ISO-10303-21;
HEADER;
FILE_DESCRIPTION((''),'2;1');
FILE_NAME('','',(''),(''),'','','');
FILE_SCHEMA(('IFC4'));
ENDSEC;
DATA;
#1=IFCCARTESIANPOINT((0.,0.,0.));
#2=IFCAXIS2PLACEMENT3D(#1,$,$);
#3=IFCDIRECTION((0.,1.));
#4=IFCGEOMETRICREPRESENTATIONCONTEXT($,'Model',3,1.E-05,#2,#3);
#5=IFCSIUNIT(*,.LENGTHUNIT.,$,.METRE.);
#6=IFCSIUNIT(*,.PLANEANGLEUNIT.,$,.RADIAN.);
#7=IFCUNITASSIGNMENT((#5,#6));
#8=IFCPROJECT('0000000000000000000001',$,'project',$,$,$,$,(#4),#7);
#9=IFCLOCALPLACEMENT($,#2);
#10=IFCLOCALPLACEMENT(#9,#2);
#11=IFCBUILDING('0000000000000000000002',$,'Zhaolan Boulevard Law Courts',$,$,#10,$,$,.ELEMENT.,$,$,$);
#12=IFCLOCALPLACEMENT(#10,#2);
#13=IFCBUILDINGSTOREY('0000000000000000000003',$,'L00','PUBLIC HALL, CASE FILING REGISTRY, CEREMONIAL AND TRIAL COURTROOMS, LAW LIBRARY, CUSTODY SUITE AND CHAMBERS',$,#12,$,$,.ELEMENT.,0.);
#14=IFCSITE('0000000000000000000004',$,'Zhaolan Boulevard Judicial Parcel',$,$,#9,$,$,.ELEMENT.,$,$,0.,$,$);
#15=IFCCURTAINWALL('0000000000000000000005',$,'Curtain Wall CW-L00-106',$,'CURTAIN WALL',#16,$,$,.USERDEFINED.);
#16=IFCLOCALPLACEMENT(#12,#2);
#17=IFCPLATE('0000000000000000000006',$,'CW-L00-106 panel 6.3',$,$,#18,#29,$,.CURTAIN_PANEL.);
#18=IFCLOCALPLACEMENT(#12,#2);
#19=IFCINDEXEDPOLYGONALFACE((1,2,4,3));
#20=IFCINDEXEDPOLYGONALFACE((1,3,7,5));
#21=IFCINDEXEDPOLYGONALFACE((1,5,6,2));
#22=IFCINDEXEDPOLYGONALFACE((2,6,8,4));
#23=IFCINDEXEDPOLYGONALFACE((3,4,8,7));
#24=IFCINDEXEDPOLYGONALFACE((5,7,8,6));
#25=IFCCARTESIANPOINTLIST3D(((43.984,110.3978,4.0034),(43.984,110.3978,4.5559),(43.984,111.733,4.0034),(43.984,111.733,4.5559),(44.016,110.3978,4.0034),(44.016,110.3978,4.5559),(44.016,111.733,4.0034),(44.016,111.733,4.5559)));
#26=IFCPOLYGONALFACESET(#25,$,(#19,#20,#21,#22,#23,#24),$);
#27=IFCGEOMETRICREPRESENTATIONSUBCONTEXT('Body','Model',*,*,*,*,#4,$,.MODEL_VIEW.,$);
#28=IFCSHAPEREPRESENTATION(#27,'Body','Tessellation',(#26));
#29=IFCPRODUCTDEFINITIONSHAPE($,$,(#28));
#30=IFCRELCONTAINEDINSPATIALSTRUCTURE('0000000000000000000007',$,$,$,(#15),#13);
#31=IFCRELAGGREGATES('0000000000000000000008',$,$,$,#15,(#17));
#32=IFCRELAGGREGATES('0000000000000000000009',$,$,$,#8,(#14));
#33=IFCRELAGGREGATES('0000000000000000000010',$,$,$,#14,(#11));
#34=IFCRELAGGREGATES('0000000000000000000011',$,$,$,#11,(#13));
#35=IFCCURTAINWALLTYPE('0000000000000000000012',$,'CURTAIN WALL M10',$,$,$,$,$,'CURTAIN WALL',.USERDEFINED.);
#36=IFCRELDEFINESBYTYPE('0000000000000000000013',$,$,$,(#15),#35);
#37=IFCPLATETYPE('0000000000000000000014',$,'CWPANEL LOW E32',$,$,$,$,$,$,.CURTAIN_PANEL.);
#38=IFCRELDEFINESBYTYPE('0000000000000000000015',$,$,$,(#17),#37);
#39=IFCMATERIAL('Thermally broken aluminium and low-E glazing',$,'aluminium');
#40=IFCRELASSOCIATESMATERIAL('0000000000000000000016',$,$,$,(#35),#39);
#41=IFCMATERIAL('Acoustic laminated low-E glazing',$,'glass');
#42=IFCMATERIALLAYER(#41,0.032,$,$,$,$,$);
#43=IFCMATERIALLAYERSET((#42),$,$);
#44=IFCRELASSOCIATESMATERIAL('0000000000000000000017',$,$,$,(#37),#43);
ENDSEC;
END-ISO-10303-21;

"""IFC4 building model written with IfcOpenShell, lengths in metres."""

from ifc_helpers import new_model, si_unit, direction, frame, origin, origin_2d, place, context, subcontext, project, spatial, rectangle, extrude, material, layer, layer_set, type_object, element, aggregate, save


model = new_model("IFC4")

# Units and contexts
model_context = context("Model", 3, precision=1e-05, world=origin(), true_north=direction((0.0, 1.0)))
body_context = subcontext(model_context, "Body", "Model", "MODEL_VIEW")
ifc_project = project(units=[si_unit("LENGTHUNIT", "METRE"), si_unit("PLANEANGLEUNIT", "RADIAN")], contexts=[model_context])

# Site, building, storey
site_placement = place(None, origin())
site = spatial("IfcSite", under=ifc_project, at=site_placement, Name="Zhaolan Boulevard Judicial Parcel", CompositionType="ELEMENT", RefElevation=0.0)
building_placement = place(site_placement, origin())
building = spatial("IfcBuilding", under=site, at=building_placement, Name="Zhaolan Boulevard Law Courts", CompositionType="ELEMENT")
storey_placement = place(building_placement, origin())
storey = spatial("IfcBuildingStorey", under=building, at=storey_placement, Name="L00", Description="PUBLIC HALL, CASE FILING REGISTRY, CEREMONIAL AND TRIAL COURTROOMS, LAW LIBRARY, CUSTODY SUITE AND CHAMBERS", CompositionType="ELEMENT", Elevation=0.0)

# Curtain wall, plate
ifc_material_1 = material(Name="Thermally broken aluminium and low-E glazing", Category="aluminium")
curtain_wall_type = type_object("IfcCurtainWallType", Name="CURTAIN WALL M10", ElementType="CURTAIN WALL", PredefinedType="USERDEFINED", material=ifc_material_1)
curtain_wall_placement = place(storey_placement, origin())
curtain_wall = element("IfcCurtainWall", 1, at=curtain_wall_placement, inside=storey, type_object=curtain_wall_type, Name="Curtain Wall CW-L00-106", ObjectType="CURTAIN WALL", PredefinedType="USERDEFINED")
ifc_material_2 = material(Name="Acoustic laminated low-E glazing", Category="glass")
ifc_layer = layer(ifc_material_2, 0.032)
ifc_layer_set = layer_set([ifc_layer])
plate_type = type_object("IfcPlateType", Name="CWPANEL LOW E32", PredefinedType="CURTAIN_PANEL", material=ifc_layer_set)
plate_1_placement = place(storey_placement, frame((44.0, 111.0654, 4.0034), z_axis=(0.0, 0.0, 1.0), x_axis=(0.0, 1.0, 0.0)))
plate_1 = element("IfcPlate", 2, at=plate_1_placement, type_object=plate_type, Name="CW-L00-106 panel 6.3", PredefinedType="CURTAIN_PANEL", context=body_context, shape_type="SweptSolid", body=[
    extrude(rectangle(XDim=1.3352, YDim=0.032, at=origin_2d()), origin(), (0.0, 0.0, 1.0), 0.5525),
])
aggregate(curtain_wall, [plate_1])

save(model, "model.ifc")
